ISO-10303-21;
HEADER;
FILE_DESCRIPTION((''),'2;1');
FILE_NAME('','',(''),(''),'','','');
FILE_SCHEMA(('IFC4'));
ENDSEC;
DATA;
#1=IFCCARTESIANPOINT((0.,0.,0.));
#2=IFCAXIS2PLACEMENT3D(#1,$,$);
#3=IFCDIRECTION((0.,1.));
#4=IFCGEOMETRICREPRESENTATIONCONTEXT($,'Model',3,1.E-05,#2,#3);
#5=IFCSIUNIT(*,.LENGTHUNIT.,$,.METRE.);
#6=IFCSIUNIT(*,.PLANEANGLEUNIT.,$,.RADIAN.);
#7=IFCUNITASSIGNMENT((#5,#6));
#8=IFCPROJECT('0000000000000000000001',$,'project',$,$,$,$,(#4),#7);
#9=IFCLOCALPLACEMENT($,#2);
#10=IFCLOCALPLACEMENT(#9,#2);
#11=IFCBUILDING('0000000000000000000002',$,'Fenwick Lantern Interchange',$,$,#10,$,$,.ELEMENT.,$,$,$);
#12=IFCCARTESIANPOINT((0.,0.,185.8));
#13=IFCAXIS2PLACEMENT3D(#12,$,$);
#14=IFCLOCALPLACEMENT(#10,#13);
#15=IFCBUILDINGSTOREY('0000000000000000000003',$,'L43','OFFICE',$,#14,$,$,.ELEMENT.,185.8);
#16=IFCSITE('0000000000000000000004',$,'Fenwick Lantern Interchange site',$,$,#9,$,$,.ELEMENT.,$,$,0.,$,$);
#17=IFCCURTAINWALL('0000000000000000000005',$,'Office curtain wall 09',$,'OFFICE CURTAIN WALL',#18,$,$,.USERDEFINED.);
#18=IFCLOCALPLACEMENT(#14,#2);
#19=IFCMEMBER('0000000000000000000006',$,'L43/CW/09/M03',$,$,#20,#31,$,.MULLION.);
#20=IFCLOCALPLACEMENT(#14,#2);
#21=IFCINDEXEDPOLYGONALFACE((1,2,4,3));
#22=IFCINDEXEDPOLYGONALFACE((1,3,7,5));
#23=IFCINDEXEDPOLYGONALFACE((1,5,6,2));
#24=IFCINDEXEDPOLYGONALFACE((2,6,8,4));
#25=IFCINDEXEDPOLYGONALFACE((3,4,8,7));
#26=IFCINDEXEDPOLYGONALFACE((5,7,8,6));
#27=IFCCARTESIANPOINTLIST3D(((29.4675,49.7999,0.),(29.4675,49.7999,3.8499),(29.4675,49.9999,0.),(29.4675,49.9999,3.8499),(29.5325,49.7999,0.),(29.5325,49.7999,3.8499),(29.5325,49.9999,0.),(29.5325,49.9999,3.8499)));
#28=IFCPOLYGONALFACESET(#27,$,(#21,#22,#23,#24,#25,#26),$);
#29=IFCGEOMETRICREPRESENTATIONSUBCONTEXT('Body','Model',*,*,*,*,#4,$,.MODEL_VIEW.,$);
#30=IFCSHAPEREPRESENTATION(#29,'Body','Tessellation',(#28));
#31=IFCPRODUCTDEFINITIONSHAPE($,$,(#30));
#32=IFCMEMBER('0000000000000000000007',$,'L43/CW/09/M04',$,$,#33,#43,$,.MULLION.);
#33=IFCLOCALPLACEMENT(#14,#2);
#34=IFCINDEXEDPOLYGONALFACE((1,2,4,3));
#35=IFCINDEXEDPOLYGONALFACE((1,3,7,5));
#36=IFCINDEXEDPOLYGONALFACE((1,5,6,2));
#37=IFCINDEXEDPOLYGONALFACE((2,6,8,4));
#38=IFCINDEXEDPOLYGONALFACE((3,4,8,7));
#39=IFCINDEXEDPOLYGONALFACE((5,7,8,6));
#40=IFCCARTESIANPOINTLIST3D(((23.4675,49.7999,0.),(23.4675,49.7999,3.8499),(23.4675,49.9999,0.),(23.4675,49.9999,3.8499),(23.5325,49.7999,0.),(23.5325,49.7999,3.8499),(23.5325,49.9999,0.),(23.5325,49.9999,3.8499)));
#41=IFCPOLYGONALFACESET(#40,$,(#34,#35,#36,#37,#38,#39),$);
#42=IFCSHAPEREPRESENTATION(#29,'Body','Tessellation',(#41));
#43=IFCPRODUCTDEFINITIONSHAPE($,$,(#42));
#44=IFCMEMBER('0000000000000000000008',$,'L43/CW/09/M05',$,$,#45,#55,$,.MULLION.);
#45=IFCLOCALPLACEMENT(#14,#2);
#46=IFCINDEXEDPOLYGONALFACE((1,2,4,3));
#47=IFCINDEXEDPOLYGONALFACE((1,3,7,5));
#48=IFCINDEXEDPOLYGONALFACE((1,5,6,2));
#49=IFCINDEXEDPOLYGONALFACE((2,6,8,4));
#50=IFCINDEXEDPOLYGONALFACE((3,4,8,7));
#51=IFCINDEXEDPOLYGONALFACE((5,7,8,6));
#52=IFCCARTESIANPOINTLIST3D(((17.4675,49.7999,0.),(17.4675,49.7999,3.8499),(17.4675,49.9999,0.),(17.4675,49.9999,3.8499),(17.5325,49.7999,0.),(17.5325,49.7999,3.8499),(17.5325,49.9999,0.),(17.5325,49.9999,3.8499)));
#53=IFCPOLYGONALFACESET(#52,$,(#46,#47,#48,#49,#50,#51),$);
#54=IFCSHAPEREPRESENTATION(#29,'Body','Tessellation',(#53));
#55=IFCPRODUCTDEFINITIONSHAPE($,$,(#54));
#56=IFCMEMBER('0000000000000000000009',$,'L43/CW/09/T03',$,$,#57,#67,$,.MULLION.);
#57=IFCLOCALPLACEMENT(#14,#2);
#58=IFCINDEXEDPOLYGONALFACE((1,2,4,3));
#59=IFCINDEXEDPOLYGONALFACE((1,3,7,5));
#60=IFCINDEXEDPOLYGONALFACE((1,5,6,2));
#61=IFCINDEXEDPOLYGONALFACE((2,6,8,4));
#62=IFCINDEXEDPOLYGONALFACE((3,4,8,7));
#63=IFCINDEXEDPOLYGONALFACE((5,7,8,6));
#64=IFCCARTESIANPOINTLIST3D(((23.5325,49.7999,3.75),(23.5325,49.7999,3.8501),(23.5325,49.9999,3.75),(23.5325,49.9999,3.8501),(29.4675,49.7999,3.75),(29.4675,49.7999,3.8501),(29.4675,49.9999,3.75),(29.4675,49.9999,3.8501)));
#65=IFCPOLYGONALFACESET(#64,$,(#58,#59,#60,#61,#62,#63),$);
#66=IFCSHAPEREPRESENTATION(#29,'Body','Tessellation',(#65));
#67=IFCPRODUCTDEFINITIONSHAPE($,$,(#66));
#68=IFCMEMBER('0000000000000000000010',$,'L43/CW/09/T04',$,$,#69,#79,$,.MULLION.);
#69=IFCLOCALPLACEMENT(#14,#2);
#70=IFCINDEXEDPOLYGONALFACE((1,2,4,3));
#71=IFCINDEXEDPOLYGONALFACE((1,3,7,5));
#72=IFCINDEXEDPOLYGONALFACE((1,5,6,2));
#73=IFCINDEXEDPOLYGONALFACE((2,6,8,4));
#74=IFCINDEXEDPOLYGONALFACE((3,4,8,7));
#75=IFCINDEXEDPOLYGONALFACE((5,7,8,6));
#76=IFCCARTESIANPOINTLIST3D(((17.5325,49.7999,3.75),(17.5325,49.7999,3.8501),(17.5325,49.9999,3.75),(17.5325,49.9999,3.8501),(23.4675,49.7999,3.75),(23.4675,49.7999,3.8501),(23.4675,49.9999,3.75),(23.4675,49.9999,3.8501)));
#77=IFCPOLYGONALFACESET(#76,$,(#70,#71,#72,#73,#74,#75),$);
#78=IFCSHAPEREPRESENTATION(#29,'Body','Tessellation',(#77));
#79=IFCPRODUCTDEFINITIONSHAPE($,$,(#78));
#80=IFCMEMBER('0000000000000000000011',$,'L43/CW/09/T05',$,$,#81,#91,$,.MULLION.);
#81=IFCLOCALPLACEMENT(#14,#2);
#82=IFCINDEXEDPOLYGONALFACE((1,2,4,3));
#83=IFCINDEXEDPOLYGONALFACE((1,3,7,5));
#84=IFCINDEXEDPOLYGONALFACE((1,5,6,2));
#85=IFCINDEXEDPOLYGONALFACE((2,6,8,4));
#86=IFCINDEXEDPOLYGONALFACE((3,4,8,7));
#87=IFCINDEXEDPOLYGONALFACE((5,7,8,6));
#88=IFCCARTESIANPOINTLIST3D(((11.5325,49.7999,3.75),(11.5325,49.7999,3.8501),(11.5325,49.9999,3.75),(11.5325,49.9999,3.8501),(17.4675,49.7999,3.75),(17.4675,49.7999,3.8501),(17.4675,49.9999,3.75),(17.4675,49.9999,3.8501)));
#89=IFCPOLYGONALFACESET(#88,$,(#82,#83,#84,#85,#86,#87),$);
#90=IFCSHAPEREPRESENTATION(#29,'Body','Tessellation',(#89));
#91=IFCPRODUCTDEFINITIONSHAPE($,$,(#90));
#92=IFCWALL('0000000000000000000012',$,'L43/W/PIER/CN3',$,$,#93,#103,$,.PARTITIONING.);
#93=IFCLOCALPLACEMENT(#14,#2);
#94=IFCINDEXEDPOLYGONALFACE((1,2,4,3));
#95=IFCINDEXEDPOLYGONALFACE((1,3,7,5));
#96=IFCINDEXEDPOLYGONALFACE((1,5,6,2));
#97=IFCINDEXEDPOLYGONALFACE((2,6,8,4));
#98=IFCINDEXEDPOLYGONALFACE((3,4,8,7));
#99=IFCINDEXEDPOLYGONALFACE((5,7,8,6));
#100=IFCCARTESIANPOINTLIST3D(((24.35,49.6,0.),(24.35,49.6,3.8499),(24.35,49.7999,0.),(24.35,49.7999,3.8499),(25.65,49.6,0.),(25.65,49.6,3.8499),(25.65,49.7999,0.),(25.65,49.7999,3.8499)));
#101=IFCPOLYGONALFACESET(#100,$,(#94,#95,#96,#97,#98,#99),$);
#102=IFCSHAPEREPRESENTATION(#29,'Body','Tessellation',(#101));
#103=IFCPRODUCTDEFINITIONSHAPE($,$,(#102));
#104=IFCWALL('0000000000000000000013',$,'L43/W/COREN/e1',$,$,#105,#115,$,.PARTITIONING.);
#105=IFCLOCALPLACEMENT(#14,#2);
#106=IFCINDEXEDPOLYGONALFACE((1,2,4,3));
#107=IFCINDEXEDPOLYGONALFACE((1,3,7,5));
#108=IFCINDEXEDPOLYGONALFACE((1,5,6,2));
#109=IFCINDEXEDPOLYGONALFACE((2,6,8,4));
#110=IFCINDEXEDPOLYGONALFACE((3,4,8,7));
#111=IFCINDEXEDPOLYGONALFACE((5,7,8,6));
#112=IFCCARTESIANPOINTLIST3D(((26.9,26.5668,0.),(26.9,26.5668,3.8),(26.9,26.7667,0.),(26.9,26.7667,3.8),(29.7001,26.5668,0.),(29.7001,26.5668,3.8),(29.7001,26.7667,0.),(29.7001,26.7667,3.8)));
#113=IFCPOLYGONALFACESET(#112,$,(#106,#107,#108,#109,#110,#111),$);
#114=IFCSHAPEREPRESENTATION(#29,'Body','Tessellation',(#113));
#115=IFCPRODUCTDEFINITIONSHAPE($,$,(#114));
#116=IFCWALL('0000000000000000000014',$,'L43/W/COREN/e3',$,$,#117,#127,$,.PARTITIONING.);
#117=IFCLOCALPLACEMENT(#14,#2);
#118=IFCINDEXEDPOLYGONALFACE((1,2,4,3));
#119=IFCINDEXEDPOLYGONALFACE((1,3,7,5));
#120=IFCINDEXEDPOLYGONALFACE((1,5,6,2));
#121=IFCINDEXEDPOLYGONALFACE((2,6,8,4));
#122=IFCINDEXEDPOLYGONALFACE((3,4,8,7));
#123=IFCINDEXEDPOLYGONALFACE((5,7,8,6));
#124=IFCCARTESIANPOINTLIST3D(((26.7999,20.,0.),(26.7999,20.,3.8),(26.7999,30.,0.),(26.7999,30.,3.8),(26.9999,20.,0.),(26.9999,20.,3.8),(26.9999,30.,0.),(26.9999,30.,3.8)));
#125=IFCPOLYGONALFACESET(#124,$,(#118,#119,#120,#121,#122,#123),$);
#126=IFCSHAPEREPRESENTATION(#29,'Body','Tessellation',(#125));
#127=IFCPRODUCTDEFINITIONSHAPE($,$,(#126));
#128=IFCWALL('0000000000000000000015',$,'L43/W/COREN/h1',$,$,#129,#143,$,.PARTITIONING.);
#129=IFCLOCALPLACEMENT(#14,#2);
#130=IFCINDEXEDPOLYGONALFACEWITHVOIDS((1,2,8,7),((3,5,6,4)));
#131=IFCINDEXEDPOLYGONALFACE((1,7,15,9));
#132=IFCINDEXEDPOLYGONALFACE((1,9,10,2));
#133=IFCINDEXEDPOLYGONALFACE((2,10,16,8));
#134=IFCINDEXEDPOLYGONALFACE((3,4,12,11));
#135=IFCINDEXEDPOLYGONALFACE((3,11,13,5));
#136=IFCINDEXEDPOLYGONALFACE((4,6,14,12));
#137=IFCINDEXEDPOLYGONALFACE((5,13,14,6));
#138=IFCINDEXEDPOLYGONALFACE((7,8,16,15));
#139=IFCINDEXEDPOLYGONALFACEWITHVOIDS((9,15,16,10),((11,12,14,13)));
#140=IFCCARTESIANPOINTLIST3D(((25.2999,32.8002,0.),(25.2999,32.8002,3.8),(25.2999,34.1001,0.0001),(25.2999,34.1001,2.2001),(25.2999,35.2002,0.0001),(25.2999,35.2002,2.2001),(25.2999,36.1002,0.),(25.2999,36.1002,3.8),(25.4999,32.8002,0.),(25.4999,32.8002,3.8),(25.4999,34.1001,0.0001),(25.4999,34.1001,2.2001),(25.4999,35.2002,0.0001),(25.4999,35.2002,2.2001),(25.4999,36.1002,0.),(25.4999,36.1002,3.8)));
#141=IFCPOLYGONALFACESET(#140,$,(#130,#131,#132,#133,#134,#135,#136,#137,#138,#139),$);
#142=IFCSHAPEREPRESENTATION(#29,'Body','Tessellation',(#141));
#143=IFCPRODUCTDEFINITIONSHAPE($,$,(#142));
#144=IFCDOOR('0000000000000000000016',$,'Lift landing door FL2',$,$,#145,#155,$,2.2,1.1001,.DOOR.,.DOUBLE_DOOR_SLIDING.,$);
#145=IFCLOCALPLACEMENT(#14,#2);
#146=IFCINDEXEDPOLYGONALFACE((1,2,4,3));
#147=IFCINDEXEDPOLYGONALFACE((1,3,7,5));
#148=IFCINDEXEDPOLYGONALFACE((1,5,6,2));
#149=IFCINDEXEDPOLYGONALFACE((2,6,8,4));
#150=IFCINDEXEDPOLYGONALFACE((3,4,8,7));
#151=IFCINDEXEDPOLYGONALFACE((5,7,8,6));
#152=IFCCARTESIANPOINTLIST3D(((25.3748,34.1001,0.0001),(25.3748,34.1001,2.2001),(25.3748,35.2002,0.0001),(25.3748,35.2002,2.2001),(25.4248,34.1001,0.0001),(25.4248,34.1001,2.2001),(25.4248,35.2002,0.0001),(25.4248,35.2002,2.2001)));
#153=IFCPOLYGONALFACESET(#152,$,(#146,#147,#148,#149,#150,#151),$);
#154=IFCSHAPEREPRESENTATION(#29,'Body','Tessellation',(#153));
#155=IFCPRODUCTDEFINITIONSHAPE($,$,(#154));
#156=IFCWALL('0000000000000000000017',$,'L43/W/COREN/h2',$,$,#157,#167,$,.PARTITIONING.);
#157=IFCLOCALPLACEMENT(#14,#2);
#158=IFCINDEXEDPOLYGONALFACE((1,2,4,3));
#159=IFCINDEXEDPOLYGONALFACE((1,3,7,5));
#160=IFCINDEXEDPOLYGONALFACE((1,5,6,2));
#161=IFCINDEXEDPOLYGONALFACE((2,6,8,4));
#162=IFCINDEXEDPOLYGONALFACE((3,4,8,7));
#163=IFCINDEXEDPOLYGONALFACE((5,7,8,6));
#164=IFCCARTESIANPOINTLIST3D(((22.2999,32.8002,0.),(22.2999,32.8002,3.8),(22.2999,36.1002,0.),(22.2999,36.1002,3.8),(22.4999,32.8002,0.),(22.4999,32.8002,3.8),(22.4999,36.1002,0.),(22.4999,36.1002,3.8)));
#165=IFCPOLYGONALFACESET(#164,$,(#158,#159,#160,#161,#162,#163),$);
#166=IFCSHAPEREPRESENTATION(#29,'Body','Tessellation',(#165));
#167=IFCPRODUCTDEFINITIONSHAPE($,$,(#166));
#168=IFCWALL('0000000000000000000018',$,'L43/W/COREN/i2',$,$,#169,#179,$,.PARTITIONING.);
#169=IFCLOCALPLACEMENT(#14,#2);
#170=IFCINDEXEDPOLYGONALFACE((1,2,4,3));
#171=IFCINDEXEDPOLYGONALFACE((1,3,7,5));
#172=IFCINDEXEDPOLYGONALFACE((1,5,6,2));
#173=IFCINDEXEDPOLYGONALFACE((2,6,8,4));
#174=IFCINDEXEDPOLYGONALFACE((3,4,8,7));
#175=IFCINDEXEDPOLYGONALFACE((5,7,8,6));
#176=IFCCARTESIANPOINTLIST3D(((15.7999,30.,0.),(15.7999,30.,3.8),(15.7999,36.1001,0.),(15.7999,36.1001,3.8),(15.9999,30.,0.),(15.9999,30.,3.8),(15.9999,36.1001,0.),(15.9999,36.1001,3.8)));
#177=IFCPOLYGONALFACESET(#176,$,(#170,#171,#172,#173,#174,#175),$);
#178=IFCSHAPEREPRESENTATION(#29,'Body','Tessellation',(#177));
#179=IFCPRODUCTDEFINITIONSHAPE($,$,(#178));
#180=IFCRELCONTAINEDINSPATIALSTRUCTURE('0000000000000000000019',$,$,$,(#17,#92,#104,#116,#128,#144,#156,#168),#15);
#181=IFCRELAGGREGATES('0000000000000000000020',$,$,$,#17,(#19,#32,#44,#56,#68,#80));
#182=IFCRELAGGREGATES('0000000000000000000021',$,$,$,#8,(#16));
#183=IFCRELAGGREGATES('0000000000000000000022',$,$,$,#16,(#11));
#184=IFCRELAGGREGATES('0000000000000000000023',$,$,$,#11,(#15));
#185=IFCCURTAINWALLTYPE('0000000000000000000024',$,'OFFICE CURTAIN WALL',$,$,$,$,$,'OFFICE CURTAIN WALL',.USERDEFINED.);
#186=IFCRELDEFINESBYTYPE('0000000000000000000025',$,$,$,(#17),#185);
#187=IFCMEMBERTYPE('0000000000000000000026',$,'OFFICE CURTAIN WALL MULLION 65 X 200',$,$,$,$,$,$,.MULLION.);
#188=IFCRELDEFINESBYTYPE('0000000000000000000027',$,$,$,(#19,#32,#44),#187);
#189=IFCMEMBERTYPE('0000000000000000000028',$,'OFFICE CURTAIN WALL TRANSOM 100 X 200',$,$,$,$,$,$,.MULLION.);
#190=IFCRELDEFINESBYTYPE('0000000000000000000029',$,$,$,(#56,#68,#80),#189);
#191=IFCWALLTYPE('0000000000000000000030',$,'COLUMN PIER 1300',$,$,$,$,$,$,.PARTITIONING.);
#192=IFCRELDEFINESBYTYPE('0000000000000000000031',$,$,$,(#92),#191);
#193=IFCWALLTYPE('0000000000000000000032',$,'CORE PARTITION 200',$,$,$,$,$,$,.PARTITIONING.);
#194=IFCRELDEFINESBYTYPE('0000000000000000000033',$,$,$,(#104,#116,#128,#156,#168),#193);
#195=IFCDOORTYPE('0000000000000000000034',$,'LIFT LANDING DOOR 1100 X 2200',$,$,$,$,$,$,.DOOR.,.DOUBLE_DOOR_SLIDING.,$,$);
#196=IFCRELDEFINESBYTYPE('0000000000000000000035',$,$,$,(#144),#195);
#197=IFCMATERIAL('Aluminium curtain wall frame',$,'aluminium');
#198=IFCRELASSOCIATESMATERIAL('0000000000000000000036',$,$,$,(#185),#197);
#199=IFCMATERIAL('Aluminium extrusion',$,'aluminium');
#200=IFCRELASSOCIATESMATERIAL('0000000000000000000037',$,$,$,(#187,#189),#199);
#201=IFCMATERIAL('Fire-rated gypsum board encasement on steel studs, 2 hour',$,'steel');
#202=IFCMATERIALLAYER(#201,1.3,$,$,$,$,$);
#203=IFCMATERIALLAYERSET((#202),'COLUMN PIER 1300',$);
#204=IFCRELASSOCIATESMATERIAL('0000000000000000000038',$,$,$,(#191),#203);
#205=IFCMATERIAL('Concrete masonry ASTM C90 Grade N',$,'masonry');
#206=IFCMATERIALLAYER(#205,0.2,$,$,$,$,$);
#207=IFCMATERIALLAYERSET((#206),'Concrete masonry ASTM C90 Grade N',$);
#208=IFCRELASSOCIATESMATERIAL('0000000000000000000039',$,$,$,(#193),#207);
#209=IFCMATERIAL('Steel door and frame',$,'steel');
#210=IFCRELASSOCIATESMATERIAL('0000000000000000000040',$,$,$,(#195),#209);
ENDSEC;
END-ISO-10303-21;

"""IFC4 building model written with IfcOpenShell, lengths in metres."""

from ifc_helpers import new_model, si_unit, direction, frame, frame_2d, origin, origin_2d, place, context, subcontext, project, spatial, rectangle, extrude, material, layer, layer_set, material_profile, profile_set, type_object, element, fill, aggregate, save


model = new_model("IFC4")

# Units and contexts
model_context = context("Model", 3, precision=1e-05, world=origin(), true_north=direction((0.0, 1.0)))
body_context = subcontext(model_context, "Body", "Model", "MODEL_VIEW")
ifc_project = project(units=[si_unit("LENGTHUNIT", "METRE"), si_unit("PLANEANGLEUNIT", "RADIAN")], contexts=[model_context])

# Site, building, storey
site_placement = place(None, origin())
site = spatial("IfcSite", under=ifc_project, at=site_placement, Name="Fenwick Lantern Interchange site", CompositionType="ELEMENT", RefElevation=0.0)
building_placement = place(site_placement, origin())
building = spatial("IfcBuilding", under=site, at=building_placement, Name="Fenwick Lantern Interchange", CompositionType="ELEMENT")
storey_placement = place(building_placement, frame((0.0, 0.0, 185.8)))
storey = spatial("IfcBuildingStorey", under=building, at=storey_placement, Name="L43", Description="OFFICE", CompositionType="ELEMENT", Elevation=185.8)

# Curtain wall, members
ifc_material_1 = material(Name="Aluminium curtain wall frame", Category="aluminium")
curtain_wall_type = type_object("IfcCurtainWallType", Name="OFFICE CURTAIN WALL", ElementType="OFFICE CURTAIN WALL", PredefinedType="USERDEFINED", material=ifc_material_1)
curtain_wall_placement = place(storey_placement, origin())
curtain_wall = element("IfcCurtainWall", 1, at=curtain_wall_placement, inside=storey, type_object=curtain_wall_type, Name="Office curtain wall 09", ObjectType="OFFICE CURTAIN WALL", PredefinedType="USERDEFINED")
ifc_material_2 = material(Name="Aluminium extrusion", Category="aluminium")
ifc_material_profile_1 = material_profile(ifc_material_2, rectangle(XDim=0.2, YDim=0.0649, at=origin_2d()), Name="OFFICE CURTAIN WALL MULLION 65 X 200")
ifc_profile_set_1 = profile_set([ifc_material_profile_1], Name="Aluminium extrusion")
member_type_1 = type_object("IfcMemberType", Name="OFFICE CURTAIN WALL MULLION 65 X 200", PredefinedType="MULLION", material=ifc_profile_set_1)
member_1_placement = place(storey_placement, frame((29.5, 49.8999, 0.0), z_axis=(0.0, 0.0, 1.0), x_axis=(0.0, -1.0, 0.0)))
member_1 = element("IfcMember", 2, at=member_1_placement, type_object=member_type_1, Name="L43/CW/09/M03", PredefinedType="MULLION", context=body_context, shape_type="SweptSolid", body=[
    extrude(rectangle(XDim=0.2, YDim=0.0649, at=origin_2d()), origin(), (0.0, 0.0, 1.0), 3.8499),
])
member_2_placement = place(storey_placement, frame((23.5, 49.8999, 0.0), z_axis=(0.0, 0.0, 1.0), x_axis=(0.0, -1.0, 0.0)))
member_2 = element("IfcMember", 3, at=member_2_placement, type_object=member_type_1, Name="L43/CW/09/M04", PredefinedType="MULLION", context=body_context, shape_type="SweptSolid", body=[
    extrude(rectangle(XDim=0.2, YDim=0.0649, at=origin_2d()), origin(), (0.0, 0.0, 1.0), 3.8499),
])
member_3_placement = place(storey_placement, frame((17.5, 49.8999, 0.0), z_axis=(0.0, 0.0, 1.0), x_axis=(0.0, -1.0, 0.0)))
member_3 = element("IfcMember", 4, at=member_3_placement, type_object=member_type_1, Name="L43/CW/09/M05", PredefinedType="MULLION", context=body_context, shape_type="SweptSolid", body=[
    extrude(rectangle(XDim=0.2, YDim=0.0649, at=origin_2d()), origin(), (0.0, 0.0, 1.0), 3.8499),
])
ifc_material_profile_2 = material_profile(ifc_material_2, rectangle(XDim=0.2, YDim=0.1001, at=origin_2d()), Name="OFFICE CURTAIN WALL TRANSOM 100 X 200")
ifc_profile_set_2 = profile_set([ifc_material_profile_2], Name="Aluminium extrusion")
member_type_2 = type_object("IfcMemberType", Name="OFFICE CURTAIN WALL TRANSOM 100 X 200", PredefinedType="MULLION", material=ifc_profile_set_2)
member_4_placement = place(storey_placement, frame((29.4675, 49.8999, 3.8), z_axis=(-1.0, 0.0, 0.0), x_axis=(0.0, -1.0, 0.0)))
member_4 = element("IfcMember", 5, at=member_4_placement, type_object=member_type_2, Name="L43/CW/09/T03", PredefinedType="MULLION", context=body_context, shape_type="SweptSolid", body=[
    extrude(rectangle(XDim=0.2, YDim=0.1001, at=origin_2d()), origin(), (0.0, 0.0, 1.0), 5.9351),
])
member_5_placement = place(storey_placement, frame((23.4675, 49.8999, 3.8), z_axis=(-1.0, 0.0, 0.0), x_axis=(0.0, -1.0, 0.0)))
member_5 = element("IfcMember", 6, at=member_5_placement, type_object=member_type_2, Name="L43/CW/09/T04", PredefinedType="MULLION", context=body_context, shape_type="SweptSolid", body=[
    extrude(rectangle(XDim=0.2, YDim=0.1001, at=origin_2d()), origin(), (0.0, 0.0, 1.0), 5.9351),
])
member_6_placement = place(storey_placement, frame((17.4675, 49.8999, 3.8), z_axis=(-1.0, 0.0, 0.0), x_axis=(0.0, -1.0, 0.0)))
member_6 = element("IfcMember", 7, at=member_6_placement, type_object=member_type_2, Name="L43/CW/09/T05", PredefinedType="MULLION", context=body_context, shape_type="SweptSolid", body=[
    extrude(rectangle(XDim=0.2, YDim=0.1001, at=origin_2d()), origin(), (0.0, 0.0, 1.0), 5.9351),
])
aggregate(curtain_wall, [member_1, member_2, member_3, member_4, member_5, member_6])

# Walls
ifc_material_3 = material(Name="Fire-rated gypsum board encasement on steel studs, 2 hour", Category="steel")
ifc_layer_1 = layer(ifc_material_3, 1.3)
ifc_layer_set_1 = layer_set([ifc_layer_1], Name="COLUMN PIER 1300")
wall_type_1 = type_object("IfcWallType", Name="COLUMN PIER 1300", PredefinedType="PARTITIONING", material=ifc_layer_set_1)
wall_1_placement = place(storey_placement, frame((25.0, 49.8, 0.0), z_axis=(0.0, 0.0, 1.0), x_axis=(0.0, -1.0, 0.0)))
element("IfcWall", 8, at=wall_1_placement, inside=storey, type_object=wall_type_1, Name="L43/W/PIER/CN3", PredefinedType="PARTITIONING", context=body_context, shape_type="SweptSolid", body=[
    extrude(rectangle(XDim=0.2, YDim=1.3, at=frame_2d((0.1001, 0.0))), origin(), (0.0, 0.0, 1.0), 3.8499),
])
ifc_material_4 = material(Name="Concrete masonry ASTM C90 Grade N", Category="masonry")
ifc_layer_2 = layer(ifc_material_4, 0.2)
ifc_layer_set_2 = layer_set([ifc_layer_2], Name="Concrete masonry ASTM C90 Grade N")
wall_type_2 = type_object("IfcWallType", Name="CORE PARTITION 200", PredefinedType="PARTITIONING", material=ifc_layer_set_2)
wall_2_placement = place(storey_placement, frame((29.7, 26.6667, 0.0), z_axis=(0.0, 0.0, 1.0), x_axis=(-1.0, 0.0, 0.0)))
element("IfcWall", 9, at=wall_2_placement, inside=storey, type_object=wall_type_2, Name="L43/W/COREN/e1", PredefinedType="PARTITIONING", context=body_context, shape_type="SweptSolid", body=[
    extrude(rectangle(XDim=2.8, YDim=0.2, at=frame_2d((1.3999, 0.0))), origin(), (0.0, 0.0, 1.0), 3.8),
])
wall_3_placement = place(storey_placement, frame((26.8999, 30.0, 0.0), z_axis=(0.0, 0.0, 1.0), x_axis=(0.0, -1.0, 0.0)))
element("IfcWall", 10, at=wall_3_placement, inside=storey, type_object=wall_type_2, Name="L43/W/COREN/e3", PredefinedType="PARTITIONING", context=body_context, shape_type="SweptSolid", body=[
    extrude(rectangle(XDim=10.0, YDim=0.2, at=frame_2d((5.0, 0.0))), origin(), (0.0, 0.0, 1.0), 3.8),
])

# Wall, opening, door
wall_4_placement = place(storey_placement, frame((25.3999, 36.1001, 0.0), z_axis=(0.0, 0.0, 1.0), x_axis=(0.0, -1.0, 0.0)))
wall_4 = element("IfcWall", 11, at=wall_4_placement, inside=storey, type_object=wall_type_2, Name="L43/W/COREN/h1", PredefinedType="PARTITIONING", context=body_context, shape_type="SweptSolid", body=[
    extrude(rectangle(XDim=3.3, YDim=0.2, at=frame_2d((1.6499, 0.0))), origin(), (0.0, 0.0, 1.0), 3.8),
])
opening_placement = place(wall_4_placement, frame((0.8999, 0.0, 0.0)))
opening = element("IfcOpeningElement", 12, at=opening_placement, cuts=wall_4, PredefinedType="OPENING", context=body_context, shape_type="SweptSolid", body=[
    extrude(rectangle(XDim=1.1001, YDim=2.2, at=frame_2d((0.55, 1.1001))), frame((0.0, 0.1099, 0.0), z_axis=(0.0, -1.0, 0.0), x_axis=(1.0, 0.0, 0.0)), (0.0, 0.0, 1.0), 0.22),
])
ifc_material_5 = material(Name="Steel door and frame", Category="steel")
door_type = type_object("IfcDoorType", Name="LIFT LANDING DOOR 1100 X 2200", OperationType="DOUBLE_DOOR_SLIDING", PredefinedType="DOOR", material=ifc_material_5)
door_placement = place(opening_placement, origin())
door = element("IfcDoor", 13, at=door_placement, inside=storey, type_object=door_type, Name="Lift landing door FL2", OperationType="DOUBLE_DOOR_SLIDING", OverallHeight=2.2, OverallWidth=1.1001, PredefinedType="DOOR", context=body_context, shape_type="SweptSolid", body=[
    extrude(rectangle(XDim=1.1001, YDim=2.2, at=frame_2d((0.55, 1.1001))), frame((0.0, 0.0249, 0.0), z_axis=(0.0, -1.0, 0.0), x_axis=(1.0, 0.0, 0.0)), (0.0, 0.0, 1.0), 0.05),
])
fill(opening, door)

# Walls
wall_5_placement = place(storey_placement, frame((22.3999, 36.1001, 0.0), z_axis=(0.0, 0.0, 1.0), x_axis=(0.0, -1.0, 0.0)))
element("IfcWall", 14, at=wall_5_placement, inside=storey, type_object=wall_type_2, Name="L43/W/COREN/h2", PredefinedType="PARTITIONING", context=body_context, shape_type="SweptSolid", body=[
    extrude(rectangle(XDim=3.3, YDim=0.2, at=frame_2d((1.6499, 0.0))), origin(), (0.0, 0.0, 1.0), 3.8),
])
wall_6_placement = place(storey_placement, frame((15.8999, 36.1001, 0.0), z_axis=(0.0, 0.0, 1.0), x_axis=(0.0, -1.0, 0.0)))
element("IfcWall", 15, at=wall_6_placement, inside=storey, type_object=wall_type_2, Name="L43/W/COREN/i2", PredefinedType="PARTITIONING", context=body_context, shape_type="SweptSolid", body=[
    extrude(rectangle(XDim=6.1001, YDim=0.2, at=frame_2d((3.05, 0.0))), origin(), (0.0, 0.0, 1.0), 3.8),
])

save(model, "model.ifc")
